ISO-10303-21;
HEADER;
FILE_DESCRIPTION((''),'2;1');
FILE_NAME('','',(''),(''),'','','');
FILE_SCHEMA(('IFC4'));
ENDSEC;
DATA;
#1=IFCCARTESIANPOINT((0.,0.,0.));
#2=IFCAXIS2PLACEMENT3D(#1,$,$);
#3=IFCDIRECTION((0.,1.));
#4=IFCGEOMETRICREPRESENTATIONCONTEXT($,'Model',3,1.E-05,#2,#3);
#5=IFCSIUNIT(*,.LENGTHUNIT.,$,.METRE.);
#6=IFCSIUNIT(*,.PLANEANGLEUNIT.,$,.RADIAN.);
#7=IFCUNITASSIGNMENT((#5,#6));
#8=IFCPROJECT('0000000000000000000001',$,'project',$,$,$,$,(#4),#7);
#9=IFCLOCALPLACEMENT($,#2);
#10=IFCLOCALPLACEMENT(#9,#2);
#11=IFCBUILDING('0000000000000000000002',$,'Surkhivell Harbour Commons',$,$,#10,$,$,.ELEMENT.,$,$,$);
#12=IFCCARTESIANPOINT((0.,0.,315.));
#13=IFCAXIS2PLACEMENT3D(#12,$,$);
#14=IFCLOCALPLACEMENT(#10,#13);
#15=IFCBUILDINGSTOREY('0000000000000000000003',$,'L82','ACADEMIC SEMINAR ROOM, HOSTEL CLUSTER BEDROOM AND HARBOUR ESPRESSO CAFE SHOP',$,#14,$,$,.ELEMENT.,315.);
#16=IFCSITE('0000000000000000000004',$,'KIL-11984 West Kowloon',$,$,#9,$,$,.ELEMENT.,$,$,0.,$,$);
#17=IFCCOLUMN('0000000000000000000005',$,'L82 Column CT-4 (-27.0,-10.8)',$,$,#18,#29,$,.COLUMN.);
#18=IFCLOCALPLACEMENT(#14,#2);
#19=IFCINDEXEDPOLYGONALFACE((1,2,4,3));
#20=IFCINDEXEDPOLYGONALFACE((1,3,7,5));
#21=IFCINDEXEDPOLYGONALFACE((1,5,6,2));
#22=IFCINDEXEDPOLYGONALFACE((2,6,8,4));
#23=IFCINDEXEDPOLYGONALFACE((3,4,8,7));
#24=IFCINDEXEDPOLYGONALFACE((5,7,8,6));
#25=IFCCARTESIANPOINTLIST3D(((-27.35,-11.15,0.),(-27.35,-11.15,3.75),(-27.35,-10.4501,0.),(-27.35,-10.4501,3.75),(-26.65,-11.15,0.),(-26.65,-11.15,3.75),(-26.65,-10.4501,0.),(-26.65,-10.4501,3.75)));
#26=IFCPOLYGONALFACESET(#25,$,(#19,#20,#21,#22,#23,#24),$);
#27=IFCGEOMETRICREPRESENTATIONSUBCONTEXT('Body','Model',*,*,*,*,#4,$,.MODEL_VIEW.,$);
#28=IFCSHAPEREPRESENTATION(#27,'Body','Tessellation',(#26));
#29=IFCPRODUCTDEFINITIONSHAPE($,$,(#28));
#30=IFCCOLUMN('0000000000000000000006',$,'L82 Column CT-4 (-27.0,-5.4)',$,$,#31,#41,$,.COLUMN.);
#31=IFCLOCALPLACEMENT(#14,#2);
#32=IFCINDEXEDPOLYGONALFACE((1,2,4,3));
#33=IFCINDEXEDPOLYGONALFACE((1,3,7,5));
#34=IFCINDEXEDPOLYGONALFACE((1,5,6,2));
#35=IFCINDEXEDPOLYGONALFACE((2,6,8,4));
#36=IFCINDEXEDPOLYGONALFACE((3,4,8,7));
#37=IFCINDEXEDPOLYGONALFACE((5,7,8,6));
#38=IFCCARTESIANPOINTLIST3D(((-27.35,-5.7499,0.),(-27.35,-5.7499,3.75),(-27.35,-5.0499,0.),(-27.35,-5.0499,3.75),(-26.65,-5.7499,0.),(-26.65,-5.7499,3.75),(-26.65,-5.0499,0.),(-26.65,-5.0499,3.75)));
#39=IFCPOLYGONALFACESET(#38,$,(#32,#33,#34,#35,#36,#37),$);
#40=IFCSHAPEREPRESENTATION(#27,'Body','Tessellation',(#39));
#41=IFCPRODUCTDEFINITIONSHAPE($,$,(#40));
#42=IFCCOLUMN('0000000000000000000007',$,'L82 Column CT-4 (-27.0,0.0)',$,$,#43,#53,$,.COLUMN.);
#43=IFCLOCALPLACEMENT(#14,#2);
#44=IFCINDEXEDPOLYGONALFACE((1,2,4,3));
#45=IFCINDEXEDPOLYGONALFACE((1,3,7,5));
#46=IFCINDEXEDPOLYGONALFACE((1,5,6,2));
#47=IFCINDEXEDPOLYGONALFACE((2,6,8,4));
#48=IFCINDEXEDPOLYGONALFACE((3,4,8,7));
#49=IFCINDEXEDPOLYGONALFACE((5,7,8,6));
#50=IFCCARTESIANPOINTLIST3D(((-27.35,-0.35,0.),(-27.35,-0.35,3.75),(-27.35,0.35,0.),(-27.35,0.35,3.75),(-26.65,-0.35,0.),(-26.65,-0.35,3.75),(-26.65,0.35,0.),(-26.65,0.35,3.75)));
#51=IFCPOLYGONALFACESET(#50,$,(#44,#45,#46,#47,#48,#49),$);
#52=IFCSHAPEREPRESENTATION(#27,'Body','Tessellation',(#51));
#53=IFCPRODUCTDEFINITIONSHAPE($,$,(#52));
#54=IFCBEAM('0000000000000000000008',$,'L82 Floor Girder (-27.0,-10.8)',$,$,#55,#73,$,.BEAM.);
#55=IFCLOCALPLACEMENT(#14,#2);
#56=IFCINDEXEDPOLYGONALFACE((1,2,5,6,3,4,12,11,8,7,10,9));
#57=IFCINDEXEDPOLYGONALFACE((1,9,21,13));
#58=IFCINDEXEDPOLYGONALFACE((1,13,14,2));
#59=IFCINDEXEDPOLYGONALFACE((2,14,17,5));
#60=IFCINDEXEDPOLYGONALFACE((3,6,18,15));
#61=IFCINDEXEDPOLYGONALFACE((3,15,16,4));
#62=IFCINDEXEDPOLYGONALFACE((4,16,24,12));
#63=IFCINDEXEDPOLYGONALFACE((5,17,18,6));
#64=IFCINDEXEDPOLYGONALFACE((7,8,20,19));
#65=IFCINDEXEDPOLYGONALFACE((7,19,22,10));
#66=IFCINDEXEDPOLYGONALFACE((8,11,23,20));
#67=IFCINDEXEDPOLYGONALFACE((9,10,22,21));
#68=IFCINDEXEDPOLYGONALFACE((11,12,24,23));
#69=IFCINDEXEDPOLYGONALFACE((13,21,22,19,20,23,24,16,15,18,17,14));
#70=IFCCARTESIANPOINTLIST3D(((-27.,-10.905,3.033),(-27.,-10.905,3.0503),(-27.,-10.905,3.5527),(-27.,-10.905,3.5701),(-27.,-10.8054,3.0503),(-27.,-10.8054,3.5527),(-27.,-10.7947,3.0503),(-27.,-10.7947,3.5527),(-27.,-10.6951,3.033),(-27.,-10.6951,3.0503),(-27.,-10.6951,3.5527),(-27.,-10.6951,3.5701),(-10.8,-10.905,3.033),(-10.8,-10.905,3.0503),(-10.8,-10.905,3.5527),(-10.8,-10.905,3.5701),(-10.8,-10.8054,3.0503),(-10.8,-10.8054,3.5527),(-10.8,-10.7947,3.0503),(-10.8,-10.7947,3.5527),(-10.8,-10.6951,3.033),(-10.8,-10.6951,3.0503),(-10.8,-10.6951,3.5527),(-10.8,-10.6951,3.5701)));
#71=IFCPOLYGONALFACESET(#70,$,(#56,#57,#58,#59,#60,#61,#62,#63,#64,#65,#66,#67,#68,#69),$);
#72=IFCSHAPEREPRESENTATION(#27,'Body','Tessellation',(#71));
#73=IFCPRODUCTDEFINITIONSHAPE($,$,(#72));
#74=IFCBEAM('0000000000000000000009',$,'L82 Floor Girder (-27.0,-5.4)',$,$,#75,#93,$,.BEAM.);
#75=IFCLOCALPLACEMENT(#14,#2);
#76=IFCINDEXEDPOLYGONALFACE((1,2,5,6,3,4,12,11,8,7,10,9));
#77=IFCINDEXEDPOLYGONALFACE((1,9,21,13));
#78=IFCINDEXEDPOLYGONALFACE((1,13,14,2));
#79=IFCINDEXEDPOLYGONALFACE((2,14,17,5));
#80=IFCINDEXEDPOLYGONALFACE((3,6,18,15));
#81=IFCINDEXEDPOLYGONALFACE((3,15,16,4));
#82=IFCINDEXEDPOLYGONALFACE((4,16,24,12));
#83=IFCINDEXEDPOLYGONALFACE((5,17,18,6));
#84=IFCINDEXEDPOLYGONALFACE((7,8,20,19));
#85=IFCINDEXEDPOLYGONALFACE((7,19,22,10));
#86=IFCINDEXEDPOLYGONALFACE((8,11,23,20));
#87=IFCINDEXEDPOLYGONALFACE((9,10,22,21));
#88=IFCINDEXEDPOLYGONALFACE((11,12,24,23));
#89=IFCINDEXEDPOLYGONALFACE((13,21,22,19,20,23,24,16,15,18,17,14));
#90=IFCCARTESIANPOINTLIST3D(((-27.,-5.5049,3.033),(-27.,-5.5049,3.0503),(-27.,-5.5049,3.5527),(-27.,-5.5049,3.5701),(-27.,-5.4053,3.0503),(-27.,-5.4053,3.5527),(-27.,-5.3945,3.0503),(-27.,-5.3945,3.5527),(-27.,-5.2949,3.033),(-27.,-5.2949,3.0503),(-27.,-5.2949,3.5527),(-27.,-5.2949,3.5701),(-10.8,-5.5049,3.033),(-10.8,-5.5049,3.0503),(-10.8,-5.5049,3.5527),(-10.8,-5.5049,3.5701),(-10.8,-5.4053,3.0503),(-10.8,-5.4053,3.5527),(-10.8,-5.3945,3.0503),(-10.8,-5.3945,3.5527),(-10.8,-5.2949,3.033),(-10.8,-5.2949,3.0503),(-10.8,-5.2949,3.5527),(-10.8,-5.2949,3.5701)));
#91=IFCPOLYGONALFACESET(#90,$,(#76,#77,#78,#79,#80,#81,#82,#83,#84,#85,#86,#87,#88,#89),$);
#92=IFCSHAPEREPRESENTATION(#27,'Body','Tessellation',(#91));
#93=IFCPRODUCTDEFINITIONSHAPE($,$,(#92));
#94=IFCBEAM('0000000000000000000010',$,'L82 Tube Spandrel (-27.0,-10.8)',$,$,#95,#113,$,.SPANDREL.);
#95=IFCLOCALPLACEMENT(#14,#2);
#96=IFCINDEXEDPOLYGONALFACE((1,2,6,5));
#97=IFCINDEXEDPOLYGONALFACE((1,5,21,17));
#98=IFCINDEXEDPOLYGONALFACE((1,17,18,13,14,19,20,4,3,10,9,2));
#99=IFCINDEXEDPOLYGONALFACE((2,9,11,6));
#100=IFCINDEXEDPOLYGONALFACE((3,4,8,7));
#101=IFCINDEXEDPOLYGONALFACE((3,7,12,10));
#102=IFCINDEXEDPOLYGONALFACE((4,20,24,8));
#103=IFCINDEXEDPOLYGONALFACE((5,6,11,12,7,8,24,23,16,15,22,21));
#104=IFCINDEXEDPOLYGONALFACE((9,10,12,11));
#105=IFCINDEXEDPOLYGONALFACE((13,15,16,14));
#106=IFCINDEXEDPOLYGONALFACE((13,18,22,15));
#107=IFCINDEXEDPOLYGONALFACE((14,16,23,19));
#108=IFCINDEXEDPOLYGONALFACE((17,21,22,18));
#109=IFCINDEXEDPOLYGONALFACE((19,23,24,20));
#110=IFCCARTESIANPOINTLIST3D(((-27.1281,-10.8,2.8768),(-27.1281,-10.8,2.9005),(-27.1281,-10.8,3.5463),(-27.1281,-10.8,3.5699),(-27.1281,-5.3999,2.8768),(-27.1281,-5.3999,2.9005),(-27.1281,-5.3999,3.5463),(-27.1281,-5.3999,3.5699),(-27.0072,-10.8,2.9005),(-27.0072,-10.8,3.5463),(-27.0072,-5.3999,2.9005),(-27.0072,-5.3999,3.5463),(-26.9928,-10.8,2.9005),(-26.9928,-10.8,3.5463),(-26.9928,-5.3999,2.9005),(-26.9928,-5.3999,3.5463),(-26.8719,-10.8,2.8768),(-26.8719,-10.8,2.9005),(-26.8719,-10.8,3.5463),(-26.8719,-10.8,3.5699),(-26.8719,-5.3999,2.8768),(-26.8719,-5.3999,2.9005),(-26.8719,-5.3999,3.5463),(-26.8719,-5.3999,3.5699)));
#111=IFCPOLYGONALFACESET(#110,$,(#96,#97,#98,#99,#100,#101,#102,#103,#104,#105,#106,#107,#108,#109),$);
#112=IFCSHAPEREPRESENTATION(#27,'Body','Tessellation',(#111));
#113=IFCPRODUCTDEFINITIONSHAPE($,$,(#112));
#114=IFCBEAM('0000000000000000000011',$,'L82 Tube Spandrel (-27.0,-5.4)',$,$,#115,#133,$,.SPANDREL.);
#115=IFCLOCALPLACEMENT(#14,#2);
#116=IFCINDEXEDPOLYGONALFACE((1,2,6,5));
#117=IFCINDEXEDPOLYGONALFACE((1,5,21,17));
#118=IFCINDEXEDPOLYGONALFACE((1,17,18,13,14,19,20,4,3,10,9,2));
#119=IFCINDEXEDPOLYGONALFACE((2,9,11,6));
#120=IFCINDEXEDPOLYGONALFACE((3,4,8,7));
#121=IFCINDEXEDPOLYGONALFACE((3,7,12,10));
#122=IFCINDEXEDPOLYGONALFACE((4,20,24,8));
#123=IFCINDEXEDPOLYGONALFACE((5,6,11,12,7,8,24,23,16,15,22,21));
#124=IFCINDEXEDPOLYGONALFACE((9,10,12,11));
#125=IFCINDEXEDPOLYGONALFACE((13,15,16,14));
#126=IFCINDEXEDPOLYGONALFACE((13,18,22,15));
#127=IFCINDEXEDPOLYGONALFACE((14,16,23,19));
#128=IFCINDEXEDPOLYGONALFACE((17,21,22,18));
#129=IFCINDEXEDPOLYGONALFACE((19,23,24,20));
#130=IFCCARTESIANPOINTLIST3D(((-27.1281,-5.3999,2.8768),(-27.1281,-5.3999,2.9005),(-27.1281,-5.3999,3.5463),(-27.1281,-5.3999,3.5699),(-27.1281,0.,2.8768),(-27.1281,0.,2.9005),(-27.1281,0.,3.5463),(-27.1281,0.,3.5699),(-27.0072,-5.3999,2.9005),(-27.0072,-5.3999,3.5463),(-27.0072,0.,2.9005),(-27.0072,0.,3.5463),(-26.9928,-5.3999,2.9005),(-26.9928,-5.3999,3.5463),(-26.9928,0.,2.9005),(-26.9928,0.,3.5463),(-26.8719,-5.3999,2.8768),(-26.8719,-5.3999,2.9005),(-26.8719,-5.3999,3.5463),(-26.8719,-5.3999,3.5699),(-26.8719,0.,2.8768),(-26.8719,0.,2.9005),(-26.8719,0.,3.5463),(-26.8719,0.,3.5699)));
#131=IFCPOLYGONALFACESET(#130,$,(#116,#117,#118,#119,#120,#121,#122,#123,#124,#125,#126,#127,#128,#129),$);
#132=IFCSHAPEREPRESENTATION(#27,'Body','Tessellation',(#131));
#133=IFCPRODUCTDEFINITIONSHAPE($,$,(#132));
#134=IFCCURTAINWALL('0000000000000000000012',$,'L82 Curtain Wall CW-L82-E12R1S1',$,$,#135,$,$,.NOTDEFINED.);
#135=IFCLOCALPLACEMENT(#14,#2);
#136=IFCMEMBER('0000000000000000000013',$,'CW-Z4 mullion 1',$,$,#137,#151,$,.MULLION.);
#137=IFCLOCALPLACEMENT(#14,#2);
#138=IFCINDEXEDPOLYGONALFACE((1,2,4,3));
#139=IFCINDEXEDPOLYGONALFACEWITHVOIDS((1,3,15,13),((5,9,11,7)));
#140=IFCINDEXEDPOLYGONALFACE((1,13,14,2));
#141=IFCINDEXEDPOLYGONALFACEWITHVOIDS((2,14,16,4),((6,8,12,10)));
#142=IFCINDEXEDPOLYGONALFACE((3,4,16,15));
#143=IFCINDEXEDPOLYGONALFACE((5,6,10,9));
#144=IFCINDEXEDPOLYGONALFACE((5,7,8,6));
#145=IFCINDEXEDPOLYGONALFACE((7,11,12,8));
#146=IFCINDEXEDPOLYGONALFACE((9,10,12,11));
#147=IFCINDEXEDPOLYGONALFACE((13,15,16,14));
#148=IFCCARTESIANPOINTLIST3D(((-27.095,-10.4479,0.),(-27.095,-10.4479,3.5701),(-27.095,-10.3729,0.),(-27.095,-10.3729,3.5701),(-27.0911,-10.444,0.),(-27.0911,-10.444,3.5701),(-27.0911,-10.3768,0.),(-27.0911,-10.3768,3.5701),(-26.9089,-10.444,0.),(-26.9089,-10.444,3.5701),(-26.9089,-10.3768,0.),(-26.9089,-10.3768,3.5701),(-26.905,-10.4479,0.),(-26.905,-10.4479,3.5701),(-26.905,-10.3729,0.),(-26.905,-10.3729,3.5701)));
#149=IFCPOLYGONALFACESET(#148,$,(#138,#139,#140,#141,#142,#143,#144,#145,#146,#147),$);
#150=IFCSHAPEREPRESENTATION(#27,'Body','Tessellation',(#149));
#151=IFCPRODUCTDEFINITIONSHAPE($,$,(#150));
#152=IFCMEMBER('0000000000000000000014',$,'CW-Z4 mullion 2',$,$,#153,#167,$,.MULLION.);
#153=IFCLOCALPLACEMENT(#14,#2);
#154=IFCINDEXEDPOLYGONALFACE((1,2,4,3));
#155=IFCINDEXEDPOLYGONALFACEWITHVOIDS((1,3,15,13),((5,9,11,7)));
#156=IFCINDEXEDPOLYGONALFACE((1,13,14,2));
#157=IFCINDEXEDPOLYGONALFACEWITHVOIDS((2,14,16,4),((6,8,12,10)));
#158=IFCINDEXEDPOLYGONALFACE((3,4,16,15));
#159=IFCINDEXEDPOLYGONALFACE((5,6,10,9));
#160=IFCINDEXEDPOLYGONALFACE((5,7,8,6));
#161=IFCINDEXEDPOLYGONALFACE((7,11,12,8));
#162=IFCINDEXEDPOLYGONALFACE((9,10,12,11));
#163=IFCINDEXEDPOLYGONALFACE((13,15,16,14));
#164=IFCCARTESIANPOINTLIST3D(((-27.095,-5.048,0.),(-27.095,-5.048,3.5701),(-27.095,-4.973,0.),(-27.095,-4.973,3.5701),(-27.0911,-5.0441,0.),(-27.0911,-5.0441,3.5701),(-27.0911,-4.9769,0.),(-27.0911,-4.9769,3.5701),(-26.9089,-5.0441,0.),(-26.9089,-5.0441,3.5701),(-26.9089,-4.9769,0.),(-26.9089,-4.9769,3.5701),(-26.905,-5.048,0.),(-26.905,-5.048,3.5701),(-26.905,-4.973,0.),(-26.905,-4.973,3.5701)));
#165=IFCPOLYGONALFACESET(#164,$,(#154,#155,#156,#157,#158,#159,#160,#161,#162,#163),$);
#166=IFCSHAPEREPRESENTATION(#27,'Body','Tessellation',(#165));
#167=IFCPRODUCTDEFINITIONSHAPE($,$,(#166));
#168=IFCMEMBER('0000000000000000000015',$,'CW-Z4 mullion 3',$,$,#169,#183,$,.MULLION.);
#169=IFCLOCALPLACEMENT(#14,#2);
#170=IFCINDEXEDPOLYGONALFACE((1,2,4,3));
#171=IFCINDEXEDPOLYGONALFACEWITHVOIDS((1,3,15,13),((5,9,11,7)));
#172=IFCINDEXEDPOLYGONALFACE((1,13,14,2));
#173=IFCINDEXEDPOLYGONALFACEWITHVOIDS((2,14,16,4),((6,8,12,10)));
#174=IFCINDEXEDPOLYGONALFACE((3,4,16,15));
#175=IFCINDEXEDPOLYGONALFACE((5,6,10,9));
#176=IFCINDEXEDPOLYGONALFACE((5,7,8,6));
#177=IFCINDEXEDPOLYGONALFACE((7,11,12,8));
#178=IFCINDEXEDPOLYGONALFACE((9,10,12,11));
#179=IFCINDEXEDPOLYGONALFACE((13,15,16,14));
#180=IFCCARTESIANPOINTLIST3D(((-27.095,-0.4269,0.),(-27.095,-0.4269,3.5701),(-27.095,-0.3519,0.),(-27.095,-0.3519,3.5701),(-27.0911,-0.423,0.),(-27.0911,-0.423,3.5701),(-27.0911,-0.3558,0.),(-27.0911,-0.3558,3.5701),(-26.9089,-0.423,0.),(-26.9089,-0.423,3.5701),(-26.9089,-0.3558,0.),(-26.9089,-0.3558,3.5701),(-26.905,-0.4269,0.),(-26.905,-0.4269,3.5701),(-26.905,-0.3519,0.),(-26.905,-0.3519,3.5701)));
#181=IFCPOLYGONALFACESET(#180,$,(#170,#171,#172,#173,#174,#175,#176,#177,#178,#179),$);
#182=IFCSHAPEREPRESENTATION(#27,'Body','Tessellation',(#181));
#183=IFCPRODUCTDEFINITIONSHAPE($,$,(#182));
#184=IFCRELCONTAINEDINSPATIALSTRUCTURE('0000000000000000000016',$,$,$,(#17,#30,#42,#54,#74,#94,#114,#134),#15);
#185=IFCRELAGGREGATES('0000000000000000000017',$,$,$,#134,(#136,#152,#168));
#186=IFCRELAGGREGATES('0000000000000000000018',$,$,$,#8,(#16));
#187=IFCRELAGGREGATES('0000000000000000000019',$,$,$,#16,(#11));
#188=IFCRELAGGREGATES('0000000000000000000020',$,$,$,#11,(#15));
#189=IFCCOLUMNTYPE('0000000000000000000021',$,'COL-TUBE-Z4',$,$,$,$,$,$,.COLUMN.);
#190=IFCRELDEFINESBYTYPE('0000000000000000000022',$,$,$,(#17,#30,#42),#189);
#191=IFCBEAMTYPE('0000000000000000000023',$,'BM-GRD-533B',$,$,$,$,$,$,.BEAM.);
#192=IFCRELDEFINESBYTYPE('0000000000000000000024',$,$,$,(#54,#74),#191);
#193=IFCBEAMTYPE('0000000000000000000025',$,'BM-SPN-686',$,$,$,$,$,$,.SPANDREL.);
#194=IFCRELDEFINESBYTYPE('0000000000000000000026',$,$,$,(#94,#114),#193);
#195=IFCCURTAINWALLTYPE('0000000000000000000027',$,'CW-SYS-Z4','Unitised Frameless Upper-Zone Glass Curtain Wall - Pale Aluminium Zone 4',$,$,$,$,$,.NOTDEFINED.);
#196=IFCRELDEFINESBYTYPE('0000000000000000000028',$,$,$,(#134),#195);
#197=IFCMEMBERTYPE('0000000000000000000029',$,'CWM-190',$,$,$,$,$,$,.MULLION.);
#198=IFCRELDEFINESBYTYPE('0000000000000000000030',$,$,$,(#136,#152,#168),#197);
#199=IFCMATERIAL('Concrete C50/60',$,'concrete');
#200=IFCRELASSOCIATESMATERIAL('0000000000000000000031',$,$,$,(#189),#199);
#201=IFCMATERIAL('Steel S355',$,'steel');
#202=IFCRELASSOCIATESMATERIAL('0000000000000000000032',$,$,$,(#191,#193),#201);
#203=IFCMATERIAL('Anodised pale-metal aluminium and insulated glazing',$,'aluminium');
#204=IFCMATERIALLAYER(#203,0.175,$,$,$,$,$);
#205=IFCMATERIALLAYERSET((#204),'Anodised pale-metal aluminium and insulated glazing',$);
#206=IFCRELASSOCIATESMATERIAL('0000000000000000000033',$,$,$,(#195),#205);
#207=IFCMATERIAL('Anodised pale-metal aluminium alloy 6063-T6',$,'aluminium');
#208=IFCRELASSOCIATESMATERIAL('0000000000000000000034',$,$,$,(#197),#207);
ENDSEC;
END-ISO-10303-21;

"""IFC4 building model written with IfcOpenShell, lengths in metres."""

from ifc_helpers import new_model, si_unit, direction, frame, origin, origin_2d, place, context, subcontext, project, spatial, rectangle, hollow_rectangle, i_section, extrude, material, layer, layer_set, material_profile, profile_set, type_object, element, aggregate, save


model = new_model("IFC4")

# Units and contexts
model_context = context("Model", 3, precision=1e-05, world=origin(), true_north=direction((0.0, 1.0)))
body_context = subcontext(model_context, "Body", "Model", "MODEL_VIEW")
ifc_project = project(units=[si_unit("LENGTHUNIT", "METRE"), si_unit("PLANEANGLEUNIT", "RADIAN")], contexts=[model_context])

# Site, building, storey
site_placement = place(None, origin())
site = spatial("IfcSite", under=ifc_project, at=site_placement, Name="KIL-11984 West Kowloon", CompositionType="ELEMENT", RefElevation=0.0)
building_placement = place(site_placement, origin())
building = spatial("IfcBuilding", under=site, at=building_placement, Name="Surkhivell Harbour Commons", CompositionType="ELEMENT")
storey_placement = place(building_placement, frame((0.0, 0.0, 315.0)))
storey = spatial("IfcBuildingStorey", under=building, at=storey_placement, Name="L82", Description="ACADEMIC SEMINAR ROOM, HOSTEL CLUSTER BEDROOM AND HARBOUR ESPRESSO CAFE SHOP", CompositionType="ELEMENT", Elevation=315.0)

# Columns
ifc_material_1 = material(Name="Concrete C50/60", Category="concrete")
ifc_material_profile_1 = material_profile(ifc_material_1, rectangle(XDim=0.7, YDim=0.7, at=origin_2d()), Name="RC-COL-700x700")
ifc_profile_set_1 = profile_set([ifc_material_profile_1], Name="Concrete C50/60")
column_type = type_object("IfcColumnType", Name="COL-TUBE-Z4", PredefinedType="COLUMN", material=ifc_profile_set_1)
for number, where, z_axis, x_axis, name in (
    (1, (-27.0, -10.8, 0.0), (0.0, 0.0, 1.0), (1.0, 0.0, 0.0), "L82 Column CT-4 (-27.0,-10.8)"),
    (2, (-27.0, -5.3999, 0.0), (0.0, 0.0, 1.0), (1.0, 0.0, 0.0), "L82 Column CT-4 (-27.0,-5.4)"),
    (3, (-27.0, 0.0, 0.0), (0.0, 0.0, 1.0), (1.0, 0.0, 0.0), "L82 Column CT-4 (-27.0,0.0)"),
):
    element("IfcColumn", number, at=place(storey_placement, frame(where, z_axis=z_axis, x_axis=x_axis)), inside=storey, type_object=column_type, Name=name, PredefinedType="COLUMN", context=body_context, shape_type="SweptSolid", body=[
        extrude(rectangle(XDim=0.7, YDim=0.7, at=origin_2d()), origin(), (0.0, 0.0, 1.0), 3.75),
    ])

# Beams
ifc_material_2 = material(Name="Steel S355", Category="steel")
ifc_material_profile_2 = material_profile(ifc_material_2, i_section(OverallWidth=0.21, OverallDepth=0.5371, WebThickness=0.0107, FlangeThickness=0.0173, at=origin_2d()), Name="UB533x210x101")
ifc_profile_set_2 = profile_set([ifc_material_profile_2], Name="Steel S355")
beam_type_1 = type_object("IfcBeamType", Name="BM-GRD-533B", PredefinedType="BEAM", material=ifc_profile_set_2)
for number, where, z_axis, x_axis, name in (
    (4, (-27.0, -10.8, 3.3015), (1.0, 0.0, 0.0), (0.0, 1.0, 0.0), "L82 Floor Girder (-27.0,-10.8)"),
    (5, (-27.0, -5.3999, 3.3015), (1.0, 0.0, 0.0), (0.0, 1.0, 0.0), "L82 Floor Girder (-27.0,-5.4)"),
):
    element("IfcBeam", number, at=place(storey_placement, frame(where, z_axis=z_axis, x_axis=x_axis)), inside=storey, type_object=beam_type_1, Name=name, PredefinedType="BEAM", context=body_context, shape_type="SweptSolid", body=[
        extrude(i_section(OverallWidth=0.21, OverallDepth=0.5371, WebThickness=0.0107, FlangeThickness=0.0173, at=origin_2d()), origin(), (0.0, 0.0, 1.0), 16.2),
    ])
ifc_material_profile_3 = material_profile(ifc_material_2, i_section(OverallWidth=0.2561, OverallDepth=0.6931, WebThickness=0.0144, FlangeThickness=0.0237, at=origin_2d()), Name="UB686x254x170")
ifc_profile_set_3 = profile_set([ifc_material_profile_3], Name="Steel S355")
beam_type_2 = type_object("IfcBeamType", Name="BM-SPN-686", PredefinedType="SPANDREL", material=ifc_profile_set_3)
beam_1_placement = place(storey_placement, frame((-27.0, -10.8, 3.2234), z_axis=(0.0, 1.0, 0.0), x_axis=(-1.0, 0.0, 0.0)))
element("IfcBeam", 6, at=beam_1_placement, inside=storey, type_object=beam_type_2, Name="L82 Tube Spandrel (-27.0,-10.8)", PredefinedType="SPANDREL", context=body_context, shape_type="SweptSolid", body=[
    extrude(i_section(OverallWidth=0.2561, OverallDepth=0.6931, WebThickness=0.0144, FlangeThickness=0.0237, at=origin_2d()), origin(), (0.0, 0.0, 1.0), 5.4001),
])
beam_2_placement = place(storey_placement, frame((-27.0, -5.3999, 3.2234), z_axis=(0.0, 1.0, 0.0), x_axis=(-1.0, 0.0, 0.0)))
element("IfcBeam", 7, at=beam_2_placement, inside=storey, type_object=beam_type_2, Name="L82 Tube Spandrel (-27.0,-5.4)", PredefinedType="SPANDREL", context=body_context, shape_type="SweptSolid", body=[
    extrude(i_section(OverallWidth=0.2561, OverallDepth=0.6931, WebThickness=0.0144, FlangeThickness=0.0237, at=origin_2d()), origin(), (0.0, 0.0, 1.0), 5.3999),
])

# Curtain wall, members
ifc_material_3 = material(Name="Anodised pale-metal aluminium and insulated glazing", Category="aluminium")
ifc_layer_1 = layer(ifc_material_3, 0.175)
ifc_layer_set_1 = layer_set([ifc_layer_1], Name="Anodised pale-metal aluminium and insulated glazing")
curtain_wall_type = type_object("IfcCurtainWallType", Name="CW-SYS-Z4", Description="Unitised Frameless Upper-Zone Glass Curtain Wall - Pale Aluminium Zone 4", PredefinedType="NOTDEFINED", material=ifc_layer_set_1)
curtain_wall_placement = place(storey_placement, origin())
curtain_wall = element("IfcCurtainWall", 8, at=curtain_wall_placement, inside=storey, type_object=curtain_wall_type, Name="L82 Curtain Wall CW-L82-E12R1S1", PredefinedType="NOTDEFINED")
ifc_material_4 = material(Name="Anodised pale-metal aluminium alloy 6063-T6", Category="aluminium")
ifc_material_profile_4 = material_profile(ifc_material_4, hollow_rectangle(XDim=0.075, YDim=0.1899, WallThickness=0.0039, at=origin_2d()), Name="ALU-MULL-75x190")
ifc_profile_set_4 = profile_set([ifc_material_profile_4], Name="Anodised pale-metal aluminium alloy 6063-T6")
member_type_1 = type_object("IfcMemberType", Name="CWM-190", PredefinedType="MULLION", material=ifc_profile_set_4)
member_1_placement = place(storey_placement, frame((-27.0, -10.4104, 0.0), z_axis=(0.0, 0.0, 1.0), x_axis=(0.0, 1.0, 0.0)))
member_1 = element("IfcMember", 9, at=member_1_placement, type_object=member_type_1, Name="CW-Z4 mullion 1", PredefinedType="MULLION", context=body_context, shape_type="SweptSolid", body=[
    extrude(hollow_rectangle(XDim=0.075, YDim=0.1899, WallThickness=0.0039, at=origin_2d()), origin(), (0.0, 0.0, 1.0), 3.5701),
])
member_2_placement = place(storey_placement, frame((-27.0, -5.0105, 0.0), z_axis=(0.0, 0.0, 1.0), x_axis=(0.0, 1.0, 0.0)))
member_2 = element("IfcMember", 10, at=member_2_placement, type_object=member_type_1, Name="CW-Z4 mullion 2", PredefinedType="MULLION", context=body_context, shape_type="SweptSolid", body=[
    extrude(hollow_rectangle(XDim=0.075, YDim=0.1899, WallThickness=0.0039, at=origin_2d()), origin(), (0.0, 0.0, 1.0), 3.5701),
])
member_3_placement = place(storey_placement, frame((-27.0, -0.3894, 0.0), z_axis=(0.0, 0.0, 1.0), x_axis=(0.0, 1.0, 0.0)))
member_3 = element("IfcMember", 11, at=member_3_placement, type_object=member_type_1, Name="CW-Z4 mullion 3", PredefinedType="MULLION", context=body_context, shape_type="SweptSolid", body=[
    extrude(hollow_rectangle(XDim=0.075, YDim=0.1899, WallThickness=0.0039, at=origin_2d()), origin(), (0.0, 0.0, 1.0), 3.5701),
])

aggregate(curtain_wall, [member_1, member_2, member_3])

save(model, "model.ifc")
